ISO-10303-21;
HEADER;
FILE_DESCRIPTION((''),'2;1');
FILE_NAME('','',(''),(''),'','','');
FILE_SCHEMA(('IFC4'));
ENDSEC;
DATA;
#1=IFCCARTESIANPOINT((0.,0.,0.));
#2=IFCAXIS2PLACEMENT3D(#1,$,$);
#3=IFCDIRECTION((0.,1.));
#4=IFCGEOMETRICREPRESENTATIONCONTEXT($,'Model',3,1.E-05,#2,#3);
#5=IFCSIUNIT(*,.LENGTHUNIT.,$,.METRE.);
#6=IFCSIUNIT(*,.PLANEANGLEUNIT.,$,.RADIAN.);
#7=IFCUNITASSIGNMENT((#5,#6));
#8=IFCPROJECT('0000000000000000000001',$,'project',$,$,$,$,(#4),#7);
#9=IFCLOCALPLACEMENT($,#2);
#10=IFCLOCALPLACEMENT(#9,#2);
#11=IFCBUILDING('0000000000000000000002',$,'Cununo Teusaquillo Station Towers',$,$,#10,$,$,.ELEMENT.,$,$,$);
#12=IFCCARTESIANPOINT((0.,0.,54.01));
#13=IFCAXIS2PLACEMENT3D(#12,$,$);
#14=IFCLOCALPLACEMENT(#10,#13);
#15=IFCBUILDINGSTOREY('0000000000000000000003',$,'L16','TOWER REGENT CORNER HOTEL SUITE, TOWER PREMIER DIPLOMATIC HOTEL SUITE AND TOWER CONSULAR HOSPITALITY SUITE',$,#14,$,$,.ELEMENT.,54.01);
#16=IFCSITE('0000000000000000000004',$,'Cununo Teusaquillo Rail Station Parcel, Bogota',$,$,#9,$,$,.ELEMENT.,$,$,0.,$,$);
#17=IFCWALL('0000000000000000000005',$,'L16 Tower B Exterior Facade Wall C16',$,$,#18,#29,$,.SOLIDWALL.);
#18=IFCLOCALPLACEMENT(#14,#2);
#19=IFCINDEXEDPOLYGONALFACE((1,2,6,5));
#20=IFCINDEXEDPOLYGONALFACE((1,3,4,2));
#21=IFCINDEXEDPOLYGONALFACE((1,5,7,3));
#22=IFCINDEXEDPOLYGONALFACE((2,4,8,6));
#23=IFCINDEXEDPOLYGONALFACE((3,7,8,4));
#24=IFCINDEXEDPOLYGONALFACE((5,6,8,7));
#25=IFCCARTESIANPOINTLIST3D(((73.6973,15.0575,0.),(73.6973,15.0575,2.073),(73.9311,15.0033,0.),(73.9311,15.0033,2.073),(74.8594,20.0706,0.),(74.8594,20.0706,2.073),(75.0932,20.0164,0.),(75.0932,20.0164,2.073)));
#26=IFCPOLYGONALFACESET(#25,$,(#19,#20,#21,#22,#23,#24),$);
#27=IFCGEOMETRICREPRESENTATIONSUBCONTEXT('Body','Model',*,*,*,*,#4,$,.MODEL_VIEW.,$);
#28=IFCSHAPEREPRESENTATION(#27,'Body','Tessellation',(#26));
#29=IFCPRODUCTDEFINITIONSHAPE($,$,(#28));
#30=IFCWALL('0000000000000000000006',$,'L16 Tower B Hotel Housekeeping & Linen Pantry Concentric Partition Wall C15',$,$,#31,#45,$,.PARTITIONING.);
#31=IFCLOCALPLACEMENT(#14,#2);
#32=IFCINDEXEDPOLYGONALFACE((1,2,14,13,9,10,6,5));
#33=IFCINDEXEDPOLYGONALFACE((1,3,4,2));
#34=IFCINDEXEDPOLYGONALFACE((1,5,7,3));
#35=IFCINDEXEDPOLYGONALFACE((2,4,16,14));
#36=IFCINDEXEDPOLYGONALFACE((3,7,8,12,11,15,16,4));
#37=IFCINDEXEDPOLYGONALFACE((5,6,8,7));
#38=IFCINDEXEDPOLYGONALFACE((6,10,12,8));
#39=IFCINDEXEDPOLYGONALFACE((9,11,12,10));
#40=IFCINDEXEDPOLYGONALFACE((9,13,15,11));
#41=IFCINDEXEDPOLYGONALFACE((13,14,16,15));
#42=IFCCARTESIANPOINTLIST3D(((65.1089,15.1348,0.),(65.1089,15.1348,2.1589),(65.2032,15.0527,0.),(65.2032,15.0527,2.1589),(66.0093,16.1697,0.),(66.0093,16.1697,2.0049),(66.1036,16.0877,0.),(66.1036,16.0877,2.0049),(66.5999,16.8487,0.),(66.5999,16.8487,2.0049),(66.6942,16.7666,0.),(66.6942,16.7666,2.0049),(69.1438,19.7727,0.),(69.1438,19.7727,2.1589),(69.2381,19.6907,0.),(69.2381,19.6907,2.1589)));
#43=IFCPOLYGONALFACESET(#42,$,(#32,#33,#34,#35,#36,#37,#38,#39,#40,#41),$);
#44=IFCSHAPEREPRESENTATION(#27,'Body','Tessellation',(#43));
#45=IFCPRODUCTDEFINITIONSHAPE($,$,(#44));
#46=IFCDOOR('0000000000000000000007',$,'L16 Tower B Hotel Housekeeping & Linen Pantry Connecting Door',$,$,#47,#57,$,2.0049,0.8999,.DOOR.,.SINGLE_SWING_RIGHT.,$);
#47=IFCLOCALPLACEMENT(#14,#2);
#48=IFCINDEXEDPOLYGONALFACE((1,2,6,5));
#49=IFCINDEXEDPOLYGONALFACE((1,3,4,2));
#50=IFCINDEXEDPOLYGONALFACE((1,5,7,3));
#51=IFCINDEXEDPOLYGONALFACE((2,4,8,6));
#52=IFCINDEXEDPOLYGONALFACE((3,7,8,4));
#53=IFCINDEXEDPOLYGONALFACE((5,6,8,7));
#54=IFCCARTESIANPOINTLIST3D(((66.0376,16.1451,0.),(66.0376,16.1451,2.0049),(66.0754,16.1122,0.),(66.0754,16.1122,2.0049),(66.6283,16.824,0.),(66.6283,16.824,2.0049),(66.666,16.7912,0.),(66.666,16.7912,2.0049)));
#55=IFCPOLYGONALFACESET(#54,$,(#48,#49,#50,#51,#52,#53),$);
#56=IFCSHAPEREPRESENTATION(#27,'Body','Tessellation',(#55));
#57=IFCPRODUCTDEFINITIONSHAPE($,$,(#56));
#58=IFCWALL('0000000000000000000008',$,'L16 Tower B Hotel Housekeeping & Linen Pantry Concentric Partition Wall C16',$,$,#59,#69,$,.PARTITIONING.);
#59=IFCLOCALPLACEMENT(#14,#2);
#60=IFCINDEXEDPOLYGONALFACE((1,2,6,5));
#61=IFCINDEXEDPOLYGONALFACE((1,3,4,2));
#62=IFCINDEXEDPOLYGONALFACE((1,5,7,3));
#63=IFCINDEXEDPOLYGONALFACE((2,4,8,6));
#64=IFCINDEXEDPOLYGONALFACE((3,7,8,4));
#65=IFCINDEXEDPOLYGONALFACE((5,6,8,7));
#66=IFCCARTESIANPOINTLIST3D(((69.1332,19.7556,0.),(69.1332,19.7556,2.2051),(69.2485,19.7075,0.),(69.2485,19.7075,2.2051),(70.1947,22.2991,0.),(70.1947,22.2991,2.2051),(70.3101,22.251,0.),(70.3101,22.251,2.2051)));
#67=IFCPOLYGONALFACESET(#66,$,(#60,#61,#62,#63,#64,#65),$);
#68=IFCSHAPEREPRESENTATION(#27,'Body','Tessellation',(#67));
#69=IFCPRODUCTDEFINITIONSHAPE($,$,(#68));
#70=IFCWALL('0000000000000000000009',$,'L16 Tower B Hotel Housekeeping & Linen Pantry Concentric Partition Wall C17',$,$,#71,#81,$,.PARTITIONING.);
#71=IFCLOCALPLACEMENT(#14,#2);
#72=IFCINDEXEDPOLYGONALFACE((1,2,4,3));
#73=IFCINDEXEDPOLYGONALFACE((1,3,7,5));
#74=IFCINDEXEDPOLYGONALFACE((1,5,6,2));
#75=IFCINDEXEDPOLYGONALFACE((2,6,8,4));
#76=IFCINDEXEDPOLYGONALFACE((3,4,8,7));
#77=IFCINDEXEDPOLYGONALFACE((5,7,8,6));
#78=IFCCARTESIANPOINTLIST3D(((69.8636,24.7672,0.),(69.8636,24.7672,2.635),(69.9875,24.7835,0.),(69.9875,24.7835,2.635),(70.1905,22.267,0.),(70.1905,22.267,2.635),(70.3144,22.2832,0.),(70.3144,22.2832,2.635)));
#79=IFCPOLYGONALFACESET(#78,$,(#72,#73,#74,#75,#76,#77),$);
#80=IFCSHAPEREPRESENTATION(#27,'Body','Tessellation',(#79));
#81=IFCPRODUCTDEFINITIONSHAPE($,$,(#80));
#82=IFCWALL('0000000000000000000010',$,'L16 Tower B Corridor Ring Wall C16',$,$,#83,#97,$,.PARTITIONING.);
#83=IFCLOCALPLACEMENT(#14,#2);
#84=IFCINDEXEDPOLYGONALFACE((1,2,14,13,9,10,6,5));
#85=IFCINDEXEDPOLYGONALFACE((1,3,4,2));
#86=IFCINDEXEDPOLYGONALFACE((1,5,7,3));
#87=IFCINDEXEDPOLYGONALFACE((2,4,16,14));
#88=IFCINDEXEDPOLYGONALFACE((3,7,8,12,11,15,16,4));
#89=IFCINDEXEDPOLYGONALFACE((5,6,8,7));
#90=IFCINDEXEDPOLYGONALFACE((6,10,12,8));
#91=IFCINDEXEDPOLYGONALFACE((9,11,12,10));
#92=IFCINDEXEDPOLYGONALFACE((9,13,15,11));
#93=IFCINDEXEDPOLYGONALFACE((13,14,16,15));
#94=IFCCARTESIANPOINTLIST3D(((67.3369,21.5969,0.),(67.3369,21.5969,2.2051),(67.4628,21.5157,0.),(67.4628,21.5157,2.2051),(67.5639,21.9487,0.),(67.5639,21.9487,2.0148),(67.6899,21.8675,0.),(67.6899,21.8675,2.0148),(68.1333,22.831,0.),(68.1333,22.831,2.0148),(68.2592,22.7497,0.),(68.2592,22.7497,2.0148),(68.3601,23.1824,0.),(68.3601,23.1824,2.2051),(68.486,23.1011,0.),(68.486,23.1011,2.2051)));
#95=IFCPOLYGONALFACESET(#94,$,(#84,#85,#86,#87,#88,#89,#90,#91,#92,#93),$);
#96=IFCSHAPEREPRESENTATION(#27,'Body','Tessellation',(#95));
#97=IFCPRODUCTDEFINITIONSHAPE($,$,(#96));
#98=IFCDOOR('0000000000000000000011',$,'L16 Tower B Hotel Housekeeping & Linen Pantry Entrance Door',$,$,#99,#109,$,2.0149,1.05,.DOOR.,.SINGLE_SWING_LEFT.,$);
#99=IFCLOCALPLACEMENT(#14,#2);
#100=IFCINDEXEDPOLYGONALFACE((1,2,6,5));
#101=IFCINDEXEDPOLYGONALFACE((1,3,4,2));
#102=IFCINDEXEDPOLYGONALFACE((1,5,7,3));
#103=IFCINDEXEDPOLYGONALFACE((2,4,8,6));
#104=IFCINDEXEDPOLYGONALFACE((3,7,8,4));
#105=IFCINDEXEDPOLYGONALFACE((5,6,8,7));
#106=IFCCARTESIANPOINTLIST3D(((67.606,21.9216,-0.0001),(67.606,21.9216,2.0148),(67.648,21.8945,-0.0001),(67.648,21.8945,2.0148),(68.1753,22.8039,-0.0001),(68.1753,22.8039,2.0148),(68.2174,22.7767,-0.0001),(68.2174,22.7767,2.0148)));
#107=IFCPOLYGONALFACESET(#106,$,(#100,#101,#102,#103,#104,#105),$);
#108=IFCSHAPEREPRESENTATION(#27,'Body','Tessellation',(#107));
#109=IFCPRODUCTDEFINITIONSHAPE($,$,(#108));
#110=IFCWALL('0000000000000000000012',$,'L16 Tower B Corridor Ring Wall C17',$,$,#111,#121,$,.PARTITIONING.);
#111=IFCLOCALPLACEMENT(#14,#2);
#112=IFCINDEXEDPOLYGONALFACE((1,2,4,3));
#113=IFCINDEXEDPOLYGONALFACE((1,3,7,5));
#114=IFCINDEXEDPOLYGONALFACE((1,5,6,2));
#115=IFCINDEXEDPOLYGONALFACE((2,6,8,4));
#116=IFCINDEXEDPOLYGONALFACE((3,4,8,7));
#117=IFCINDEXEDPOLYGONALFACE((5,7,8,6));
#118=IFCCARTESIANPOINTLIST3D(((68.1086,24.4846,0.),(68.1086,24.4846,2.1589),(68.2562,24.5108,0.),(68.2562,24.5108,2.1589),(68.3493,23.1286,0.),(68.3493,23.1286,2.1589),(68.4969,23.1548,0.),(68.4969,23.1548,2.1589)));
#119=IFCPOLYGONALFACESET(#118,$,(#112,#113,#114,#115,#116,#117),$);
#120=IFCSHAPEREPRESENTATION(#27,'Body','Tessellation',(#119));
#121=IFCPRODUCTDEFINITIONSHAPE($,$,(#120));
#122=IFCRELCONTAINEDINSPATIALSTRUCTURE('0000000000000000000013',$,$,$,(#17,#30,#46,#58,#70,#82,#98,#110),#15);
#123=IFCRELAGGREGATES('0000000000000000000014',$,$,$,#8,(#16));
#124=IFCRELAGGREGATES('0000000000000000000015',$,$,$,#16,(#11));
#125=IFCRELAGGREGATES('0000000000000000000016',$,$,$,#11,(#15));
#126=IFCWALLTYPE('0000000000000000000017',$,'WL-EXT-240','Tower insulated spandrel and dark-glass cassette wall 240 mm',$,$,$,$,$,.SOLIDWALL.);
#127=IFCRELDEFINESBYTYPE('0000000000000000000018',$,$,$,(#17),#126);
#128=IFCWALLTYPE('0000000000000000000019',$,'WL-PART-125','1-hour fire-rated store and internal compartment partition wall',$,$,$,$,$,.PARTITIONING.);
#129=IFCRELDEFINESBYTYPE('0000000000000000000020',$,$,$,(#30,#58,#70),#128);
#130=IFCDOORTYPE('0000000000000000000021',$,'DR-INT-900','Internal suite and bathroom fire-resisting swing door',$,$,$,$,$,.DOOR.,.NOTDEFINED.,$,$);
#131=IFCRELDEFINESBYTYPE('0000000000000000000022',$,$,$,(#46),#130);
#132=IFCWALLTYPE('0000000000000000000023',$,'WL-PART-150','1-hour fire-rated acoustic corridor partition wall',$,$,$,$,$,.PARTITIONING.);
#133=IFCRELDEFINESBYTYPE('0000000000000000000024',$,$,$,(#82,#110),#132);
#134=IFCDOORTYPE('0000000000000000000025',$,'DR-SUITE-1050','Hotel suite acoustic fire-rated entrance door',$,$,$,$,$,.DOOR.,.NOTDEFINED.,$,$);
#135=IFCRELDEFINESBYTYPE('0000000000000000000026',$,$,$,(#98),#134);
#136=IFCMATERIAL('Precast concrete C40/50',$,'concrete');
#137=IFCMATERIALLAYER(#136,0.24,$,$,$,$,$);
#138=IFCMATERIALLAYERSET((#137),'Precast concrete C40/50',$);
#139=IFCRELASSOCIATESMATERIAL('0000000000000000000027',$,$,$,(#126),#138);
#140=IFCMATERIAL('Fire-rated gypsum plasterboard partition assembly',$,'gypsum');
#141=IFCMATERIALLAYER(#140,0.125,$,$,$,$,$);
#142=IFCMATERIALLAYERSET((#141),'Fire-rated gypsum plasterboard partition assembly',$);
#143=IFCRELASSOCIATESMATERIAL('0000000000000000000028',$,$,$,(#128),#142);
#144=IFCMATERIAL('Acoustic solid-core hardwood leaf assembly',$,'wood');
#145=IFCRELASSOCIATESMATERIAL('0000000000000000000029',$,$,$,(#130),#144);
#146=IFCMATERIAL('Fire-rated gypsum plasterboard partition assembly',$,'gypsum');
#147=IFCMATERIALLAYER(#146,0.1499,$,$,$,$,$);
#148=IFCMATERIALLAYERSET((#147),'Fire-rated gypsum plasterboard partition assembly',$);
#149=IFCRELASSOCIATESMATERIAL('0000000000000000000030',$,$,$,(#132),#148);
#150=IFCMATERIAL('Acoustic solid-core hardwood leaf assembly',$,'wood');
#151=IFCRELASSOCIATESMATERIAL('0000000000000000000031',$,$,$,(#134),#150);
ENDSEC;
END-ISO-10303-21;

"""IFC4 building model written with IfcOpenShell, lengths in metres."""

from ifc_helpers import new_model, si_unit, direction, frame, frame_2d, origin, place, context, subcontext, project, spatial, rectangle, extrude, source, transform, mapped, material, layer, layer_set, type_object, element, fill, save


model = new_model("IFC4")

# Units and contexts
model_context = context("Model", 3, precision=1e-05, world=origin(), true_north=direction((0.0, 1.0)))
body_context = subcontext(model_context, "Body", "Model", "MODEL_VIEW")
ifc_project = project(units=[si_unit("LENGTHUNIT", "METRE"), si_unit("PLANEANGLEUNIT", "RADIAN")], contexts=[model_context])

# Site, building, storey
site_placement = place(None, origin())
site = spatial("IfcSite", under=ifc_project, at=site_placement, Name="Cununo Teusaquillo Rail Station Parcel, Bogota", CompositionType="ELEMENT", RefElevation=0.0)
building_placement = place(site_placement, origin())
building = spatial("IfcBuilding", under=site, at=building_placement, Name="Cununo Teusaquillo Station Towers", CompositionType="ELEMENT")
storey_placement = place(building_placement, frame((0.0, 0.0, 54.01)))
storey = spatial("IfcBuildingStorey", under=building, at=storey_placement, Name="L16", Description="TOWER REGENT CORNER HOTEL SUITE, TOWER PREMIER DIPLOMATIC HOTEL SUITE AND TOWER CONSULAR HOSPITALITY SUITE", CompositionType="ELEMENT", Elevation=54.01)

# Shared definitions
ifc_material_1 = material(Name="Precast concrete C40/50", Category="concrete")
ifc_layer_1 = layer(ifc_material_1, 0.24)
ifc_layer_set_1 = layer_set([ifc_layer_1], Name="Precast concrete C40/50")
wall_type_1 = type_object("IfcWallType", Name="WL-EXT-240", Description="Tower insulated spandrel and dark-glass cassette wall 240 mm", PredefinedType="SOLIDWALL", material=ifc_layer_set_1)

# Wall
wall_1_placement = place(storey_placement, frame((74.9763, 20.0435, 0.0), z_axis=(0.0, 0.0, 1.0), x_axis=(-0.225833, -0.974166, 0.0)))
element("IfcWall", 1, at=wall_1_placement, inside=storey, type_object=wall_type_1, Name="L16 Tower B Exterior Facade Wall C16", PredefinedType="SOLIDWALL", context=body_context, shape_type="SweptSolid", body=[
    extrude(rectangle(XDim=5.146, YDim=0.24, at=frame_2d((2.573, 0.0))), origin(), (0.0, 0.0, 1.0), 2.073),
])

# Wall, opening, door
ifc_material_2 = material(Name="Fire-rated gypsum plasterboard partition assembly", Category="gypsum")
ifc_layer_2 = layer(ifc_material_2, 0.125)
ifc_layer_set_2 = layer_set([ifc_layer_2], Name="Fire-rated gypsum plasterboard partition assembly")
wall_type_2 = type_object("IfcWallType", Name="WL-PART-125", Description="1-hour fire-rated store and internal compartment partition wall", PredefinedType="PARTITIONING", material=ifc_layer_set_2)
wall_2_placement = place(storey_placement, frame((65.156, 15.0938, 0.0), z_axis=(0.0, 0.0, 1.0), x_axis=(0.656357, 0.754451, 0.0)))
wall_2 = element("IfcWall", 2, at=wall_2_placement, inside=storey, type_object=wall_type_2, Name="L16 Tower B Hotel Housekeeping & Linen Pantry Concentric Partition Wall C15", PredefinedType="PARTITIONING", context=body_context, shape_type="SweptSolid", body=[
    extrude(rectangle(XDim=6.1475, YDim=0.125, at=frame_2d((3.0737, 0.0))), origin(), (0.0, 0.0, 1.0), 2.1589),
])
shared_shape_1 = source(origin(), body_context, "Body", "SweptSolid", [
    extrude(rectangle(XDim=0.8999, YDim=2.0049, at=frame_2d((0.45, 1.0024))), frame((0.0, 0.0725, 0.0), z_axis=(0.0, -1.0, 0.0), x_axis=(1.0, 0.0, 0.0)), (0.0, 0.0, 1.0), 0.145),
])
opening_1_placement = place(wall_2_placement, frame((1.3718, 0.0, 0.0)))
opening_1 = element("IfcOpeningElement", 3, at=opening_1_placement, cuts=wall_2, PredefinedType="OPENING", context=body_context, shape_type="MappedRepresentation", body=[
    mapped(shared_shape_1, transform((0.0, 0.0, 0.0), x_axis=(1.0, 0.0, 0.0), y_axis=(0.0, 1.0, 0.0), z_axis=(0.0, 0.0, 1.0), scale=1.0)),
])
ifc_material_3 = material(Name="Acoustic solid-core hardwood leaf assembly", Category="wood")
door_type_1 = type_object("IfcDoorType", Name="DR-INT-900", Description="Internal suite and bathroom fire-resisting swing door", OperationType="NOTDEFINED", PredefinedType="DOOR", material=ifc_material_3)
shared_shape_2 = source(origin(), body_context, "Body", "SweptSolid", [
    extrude(rectangle(XDim=0.8999, YDim=2.0049, at=frame_2d((0.45, 1.0024))), frame((0.0, 0.0249, 0.0), z_axis=(0.0, -1.0, 0.0), x_axis=(1.0, 0.0, 0.0)), (0.0, 0.0, 1.0), 0.05),
])
door_1_placement = place(opening_1_placement, origin())
door_1 = element("IfcDoor", 4, at=door_1_placement, inside=storey, type_object=door_type_1, Name="L16 Tower B Hotel Housekeeping & Linen Pantry Connecting Door", OperationType="SINGLE_SWING_RIGHT", OverallHeight=2.0049, OverallWidth=0.8999, PredefinedType="DOOR", context=body_context, shape_type="MappedRepresentation", body=[
    mapped(shared_shape_2, transform((0.0, 0.0, 0.0), x_axis=(1.0, 0.0, 0.0), y_axis=(0.0, 1.0, 0.0), z_axis=(0.0, 0.0, 1.0), scale=1.0)),
])
fill(opening_1, door_1)

# Walls
wall_3_placement = place(storey_placement, frame((69.1909, 19.7317, 0.0), z_axis=(0.0, 0.0, 1.0), x_axis=(0.385156, 0.922851, 0.0)))
element("IfcWall", 5, at=wall_3_placement, inside=storey, type_object=wall_type_2, Name="L16 Tower B Hotel Housekeeping & Linen Pantry Concentric Partition Wall C16", PredefinedType="PARTITIONING", context=body_context, shape_type="SweptSolid", body=[
    extrude(rectangle(XDim=2.7561, YDim=0.125, at=frame_2d((1.3779, 0.0))), origin(), (0.0, 0.0, 1.0), 2.2051),
])
wall_4_placement = place(storey_placement, frame((70.2524, 22.2751, 0.0), z_axis=(0.0, 0.0, 1.0), x_axis=(-0.129645, 0.99156, 0.0)))
element("IfcWall", 6, at=wall_4_placement, inside=storey, type_object=wall_type_2, Name="L16 Tower B Hotel Housekeeping & Linen Pantry Concentric Partition Wall C17", PredefinedType="PARTITIONING", context=body_context, shape_type="SweptSolid", body=[
    extrude(rectangle(XDim=2.5215, YDim=0.125, at=frame_2d((1.2607, 0.0))), origin(), (0.0, 0.0, 1.0), 2.635),
])

# Wall, opening, door
ifc_material_4 = material(Name="Fire-rated gypsum plasterboard partition assembly", Category="gypsum")
ifc_layer_3 = layer(ifc_material_4, 0.1499)
ifc_layer_set_3 = layer_set([ifc_layer_3], Name="Fire-rated gypsum plasterboard partition assembly")
wall_type_3 = type_object("IfcWallType", Name="WL-PART-150", Description="1-hour fire-rated acoustic corridor partition wall", PredefinedType="PARTITIONING", material=ifc_layer_set_3)
wall_5_placement = place(storey_placement, frame((67.3999, 21.5564, 0.0), z_axis=(0.0, 0.0, 1.0), x_axis=(0.542248, 0.840219, 0.0)))
wall_5 = element("IfcWall", 7, at=wall_5_placement, inside=storey, type_object=wall_type_3, Name="L16 Tower B Corridor Ring Wall C16", PredefinedType="PARTITIONING", context=body_context, shape_type="SweptSolid", body=[
    extrude(rectangle(XDim=1.887, YDim=0.1499, at=frame_2d((0.9434, 0.0))), origin(), (0.0, 0.0, 1.0), 2.2051),
])
shared_shape_3 = source(origin(), body_context, "Body", "SweptSolid", [
    extrude(rectangle(XDim=1.05, YDim=2.0149, at=frame_2d((0.5249, 1.0073))), frame((0.0, 0.085, 0.0), z_axis=(0.0, -1.0, 0.0), x_axis=(1.0, 0.0, 0.0)), (0.0, 0.0, 1.0), 0.1699),
])
opening_2_placement = place(wall_5_placement, frame((0.4187, 0.0, 0.0)))
opening_2 = element("IfcOpeningElement", 8, at=opening_2_placement, cuts=wall_5, PredefinedType="OPENING", context=body_context, shape_type="MappedRepresentation", body=[
    mapped(shared_shape_3, transform((0.0, 0.0, 0.0), x_axis=(1.0, 0.0, 0.0), y_axis=(0.0, 1.0, 0.0), z_axis=(0.0, 0.0, 1.0), scale=1.0)),
])
ifc_material_5 = material(Name="Acoustic solid-core hardwood leaf assembly", Category="wood")
door_type_2 = type_object("IfcDoorType", Name="DR-SUITE-1050", Description="Hotel suite acoustic fire-rated entrance door", OperationType="NOTDEFINED", PredefinedType="DOOR", material=ifc_material_5)
shared_shape_4 = source(origin(), body_context, "Body", "SweptSolid", [
    extrude(rectangle(XDim=1.05, YDim=2.0149, at=frame_2d((0.5249, 1.0073))), frame((0.0, 0.0249, 0.0), z_axis=(0.0, -1.0, 0.0), x_axis=(1.0, 0.0, 0.0)), (0.0, 0.0, 1.0), 0.05),
])
door_2_placement = place(opening_2_placement, origin())
door_2 = element("IfcDoor", 9, at=door_2_placement, inside=storey, type_object=door_type_2, Name="L16 Tower B Hotel Housekeeping & Linen Pantry Entrance Door", OperationType="SINGLE_SWING_LEFT", OverallHeight=2.0149, OverallWidth=1.05, PredefinedType="DOOR", context=body_context, shape_type="MappedRepresentation", body=[
    mapped(shared_shape_4, transform((0.0, 0.0, 0.0), x_axis=(1.0, 0.0, 0.0), y_axis=(0.0, 1.0, 0.0), z_axis=(0.0, 0.0, 1.0), scale=1.0)),
])
fill(opening_2, door_2)

# Wall
wall_6_placement = place(storey_placement, frame((68.4231, 23.1418, 0.0), z_axis=(0.0, 0.0, 1.0), x_axis=(-0.174797, 0.984605, 0.0)))
element("IfcWall", 10, at=wall_6_placement, inside=storey, type_object=wall_type_3, Name="L16 Tower B Corridor Ring Wall C17", PredefinedType="PARTITIONING", context=body_context, shape_type="SweptSolid", body=[
    extrude(rectangle(XDim=1.3772, YDim=0.1499, at=frame_2d((0.6885, 0.0))), origin(), (0.0, 0.0, 1.0), 2.1589),
])

save(model, "model.ifc")
